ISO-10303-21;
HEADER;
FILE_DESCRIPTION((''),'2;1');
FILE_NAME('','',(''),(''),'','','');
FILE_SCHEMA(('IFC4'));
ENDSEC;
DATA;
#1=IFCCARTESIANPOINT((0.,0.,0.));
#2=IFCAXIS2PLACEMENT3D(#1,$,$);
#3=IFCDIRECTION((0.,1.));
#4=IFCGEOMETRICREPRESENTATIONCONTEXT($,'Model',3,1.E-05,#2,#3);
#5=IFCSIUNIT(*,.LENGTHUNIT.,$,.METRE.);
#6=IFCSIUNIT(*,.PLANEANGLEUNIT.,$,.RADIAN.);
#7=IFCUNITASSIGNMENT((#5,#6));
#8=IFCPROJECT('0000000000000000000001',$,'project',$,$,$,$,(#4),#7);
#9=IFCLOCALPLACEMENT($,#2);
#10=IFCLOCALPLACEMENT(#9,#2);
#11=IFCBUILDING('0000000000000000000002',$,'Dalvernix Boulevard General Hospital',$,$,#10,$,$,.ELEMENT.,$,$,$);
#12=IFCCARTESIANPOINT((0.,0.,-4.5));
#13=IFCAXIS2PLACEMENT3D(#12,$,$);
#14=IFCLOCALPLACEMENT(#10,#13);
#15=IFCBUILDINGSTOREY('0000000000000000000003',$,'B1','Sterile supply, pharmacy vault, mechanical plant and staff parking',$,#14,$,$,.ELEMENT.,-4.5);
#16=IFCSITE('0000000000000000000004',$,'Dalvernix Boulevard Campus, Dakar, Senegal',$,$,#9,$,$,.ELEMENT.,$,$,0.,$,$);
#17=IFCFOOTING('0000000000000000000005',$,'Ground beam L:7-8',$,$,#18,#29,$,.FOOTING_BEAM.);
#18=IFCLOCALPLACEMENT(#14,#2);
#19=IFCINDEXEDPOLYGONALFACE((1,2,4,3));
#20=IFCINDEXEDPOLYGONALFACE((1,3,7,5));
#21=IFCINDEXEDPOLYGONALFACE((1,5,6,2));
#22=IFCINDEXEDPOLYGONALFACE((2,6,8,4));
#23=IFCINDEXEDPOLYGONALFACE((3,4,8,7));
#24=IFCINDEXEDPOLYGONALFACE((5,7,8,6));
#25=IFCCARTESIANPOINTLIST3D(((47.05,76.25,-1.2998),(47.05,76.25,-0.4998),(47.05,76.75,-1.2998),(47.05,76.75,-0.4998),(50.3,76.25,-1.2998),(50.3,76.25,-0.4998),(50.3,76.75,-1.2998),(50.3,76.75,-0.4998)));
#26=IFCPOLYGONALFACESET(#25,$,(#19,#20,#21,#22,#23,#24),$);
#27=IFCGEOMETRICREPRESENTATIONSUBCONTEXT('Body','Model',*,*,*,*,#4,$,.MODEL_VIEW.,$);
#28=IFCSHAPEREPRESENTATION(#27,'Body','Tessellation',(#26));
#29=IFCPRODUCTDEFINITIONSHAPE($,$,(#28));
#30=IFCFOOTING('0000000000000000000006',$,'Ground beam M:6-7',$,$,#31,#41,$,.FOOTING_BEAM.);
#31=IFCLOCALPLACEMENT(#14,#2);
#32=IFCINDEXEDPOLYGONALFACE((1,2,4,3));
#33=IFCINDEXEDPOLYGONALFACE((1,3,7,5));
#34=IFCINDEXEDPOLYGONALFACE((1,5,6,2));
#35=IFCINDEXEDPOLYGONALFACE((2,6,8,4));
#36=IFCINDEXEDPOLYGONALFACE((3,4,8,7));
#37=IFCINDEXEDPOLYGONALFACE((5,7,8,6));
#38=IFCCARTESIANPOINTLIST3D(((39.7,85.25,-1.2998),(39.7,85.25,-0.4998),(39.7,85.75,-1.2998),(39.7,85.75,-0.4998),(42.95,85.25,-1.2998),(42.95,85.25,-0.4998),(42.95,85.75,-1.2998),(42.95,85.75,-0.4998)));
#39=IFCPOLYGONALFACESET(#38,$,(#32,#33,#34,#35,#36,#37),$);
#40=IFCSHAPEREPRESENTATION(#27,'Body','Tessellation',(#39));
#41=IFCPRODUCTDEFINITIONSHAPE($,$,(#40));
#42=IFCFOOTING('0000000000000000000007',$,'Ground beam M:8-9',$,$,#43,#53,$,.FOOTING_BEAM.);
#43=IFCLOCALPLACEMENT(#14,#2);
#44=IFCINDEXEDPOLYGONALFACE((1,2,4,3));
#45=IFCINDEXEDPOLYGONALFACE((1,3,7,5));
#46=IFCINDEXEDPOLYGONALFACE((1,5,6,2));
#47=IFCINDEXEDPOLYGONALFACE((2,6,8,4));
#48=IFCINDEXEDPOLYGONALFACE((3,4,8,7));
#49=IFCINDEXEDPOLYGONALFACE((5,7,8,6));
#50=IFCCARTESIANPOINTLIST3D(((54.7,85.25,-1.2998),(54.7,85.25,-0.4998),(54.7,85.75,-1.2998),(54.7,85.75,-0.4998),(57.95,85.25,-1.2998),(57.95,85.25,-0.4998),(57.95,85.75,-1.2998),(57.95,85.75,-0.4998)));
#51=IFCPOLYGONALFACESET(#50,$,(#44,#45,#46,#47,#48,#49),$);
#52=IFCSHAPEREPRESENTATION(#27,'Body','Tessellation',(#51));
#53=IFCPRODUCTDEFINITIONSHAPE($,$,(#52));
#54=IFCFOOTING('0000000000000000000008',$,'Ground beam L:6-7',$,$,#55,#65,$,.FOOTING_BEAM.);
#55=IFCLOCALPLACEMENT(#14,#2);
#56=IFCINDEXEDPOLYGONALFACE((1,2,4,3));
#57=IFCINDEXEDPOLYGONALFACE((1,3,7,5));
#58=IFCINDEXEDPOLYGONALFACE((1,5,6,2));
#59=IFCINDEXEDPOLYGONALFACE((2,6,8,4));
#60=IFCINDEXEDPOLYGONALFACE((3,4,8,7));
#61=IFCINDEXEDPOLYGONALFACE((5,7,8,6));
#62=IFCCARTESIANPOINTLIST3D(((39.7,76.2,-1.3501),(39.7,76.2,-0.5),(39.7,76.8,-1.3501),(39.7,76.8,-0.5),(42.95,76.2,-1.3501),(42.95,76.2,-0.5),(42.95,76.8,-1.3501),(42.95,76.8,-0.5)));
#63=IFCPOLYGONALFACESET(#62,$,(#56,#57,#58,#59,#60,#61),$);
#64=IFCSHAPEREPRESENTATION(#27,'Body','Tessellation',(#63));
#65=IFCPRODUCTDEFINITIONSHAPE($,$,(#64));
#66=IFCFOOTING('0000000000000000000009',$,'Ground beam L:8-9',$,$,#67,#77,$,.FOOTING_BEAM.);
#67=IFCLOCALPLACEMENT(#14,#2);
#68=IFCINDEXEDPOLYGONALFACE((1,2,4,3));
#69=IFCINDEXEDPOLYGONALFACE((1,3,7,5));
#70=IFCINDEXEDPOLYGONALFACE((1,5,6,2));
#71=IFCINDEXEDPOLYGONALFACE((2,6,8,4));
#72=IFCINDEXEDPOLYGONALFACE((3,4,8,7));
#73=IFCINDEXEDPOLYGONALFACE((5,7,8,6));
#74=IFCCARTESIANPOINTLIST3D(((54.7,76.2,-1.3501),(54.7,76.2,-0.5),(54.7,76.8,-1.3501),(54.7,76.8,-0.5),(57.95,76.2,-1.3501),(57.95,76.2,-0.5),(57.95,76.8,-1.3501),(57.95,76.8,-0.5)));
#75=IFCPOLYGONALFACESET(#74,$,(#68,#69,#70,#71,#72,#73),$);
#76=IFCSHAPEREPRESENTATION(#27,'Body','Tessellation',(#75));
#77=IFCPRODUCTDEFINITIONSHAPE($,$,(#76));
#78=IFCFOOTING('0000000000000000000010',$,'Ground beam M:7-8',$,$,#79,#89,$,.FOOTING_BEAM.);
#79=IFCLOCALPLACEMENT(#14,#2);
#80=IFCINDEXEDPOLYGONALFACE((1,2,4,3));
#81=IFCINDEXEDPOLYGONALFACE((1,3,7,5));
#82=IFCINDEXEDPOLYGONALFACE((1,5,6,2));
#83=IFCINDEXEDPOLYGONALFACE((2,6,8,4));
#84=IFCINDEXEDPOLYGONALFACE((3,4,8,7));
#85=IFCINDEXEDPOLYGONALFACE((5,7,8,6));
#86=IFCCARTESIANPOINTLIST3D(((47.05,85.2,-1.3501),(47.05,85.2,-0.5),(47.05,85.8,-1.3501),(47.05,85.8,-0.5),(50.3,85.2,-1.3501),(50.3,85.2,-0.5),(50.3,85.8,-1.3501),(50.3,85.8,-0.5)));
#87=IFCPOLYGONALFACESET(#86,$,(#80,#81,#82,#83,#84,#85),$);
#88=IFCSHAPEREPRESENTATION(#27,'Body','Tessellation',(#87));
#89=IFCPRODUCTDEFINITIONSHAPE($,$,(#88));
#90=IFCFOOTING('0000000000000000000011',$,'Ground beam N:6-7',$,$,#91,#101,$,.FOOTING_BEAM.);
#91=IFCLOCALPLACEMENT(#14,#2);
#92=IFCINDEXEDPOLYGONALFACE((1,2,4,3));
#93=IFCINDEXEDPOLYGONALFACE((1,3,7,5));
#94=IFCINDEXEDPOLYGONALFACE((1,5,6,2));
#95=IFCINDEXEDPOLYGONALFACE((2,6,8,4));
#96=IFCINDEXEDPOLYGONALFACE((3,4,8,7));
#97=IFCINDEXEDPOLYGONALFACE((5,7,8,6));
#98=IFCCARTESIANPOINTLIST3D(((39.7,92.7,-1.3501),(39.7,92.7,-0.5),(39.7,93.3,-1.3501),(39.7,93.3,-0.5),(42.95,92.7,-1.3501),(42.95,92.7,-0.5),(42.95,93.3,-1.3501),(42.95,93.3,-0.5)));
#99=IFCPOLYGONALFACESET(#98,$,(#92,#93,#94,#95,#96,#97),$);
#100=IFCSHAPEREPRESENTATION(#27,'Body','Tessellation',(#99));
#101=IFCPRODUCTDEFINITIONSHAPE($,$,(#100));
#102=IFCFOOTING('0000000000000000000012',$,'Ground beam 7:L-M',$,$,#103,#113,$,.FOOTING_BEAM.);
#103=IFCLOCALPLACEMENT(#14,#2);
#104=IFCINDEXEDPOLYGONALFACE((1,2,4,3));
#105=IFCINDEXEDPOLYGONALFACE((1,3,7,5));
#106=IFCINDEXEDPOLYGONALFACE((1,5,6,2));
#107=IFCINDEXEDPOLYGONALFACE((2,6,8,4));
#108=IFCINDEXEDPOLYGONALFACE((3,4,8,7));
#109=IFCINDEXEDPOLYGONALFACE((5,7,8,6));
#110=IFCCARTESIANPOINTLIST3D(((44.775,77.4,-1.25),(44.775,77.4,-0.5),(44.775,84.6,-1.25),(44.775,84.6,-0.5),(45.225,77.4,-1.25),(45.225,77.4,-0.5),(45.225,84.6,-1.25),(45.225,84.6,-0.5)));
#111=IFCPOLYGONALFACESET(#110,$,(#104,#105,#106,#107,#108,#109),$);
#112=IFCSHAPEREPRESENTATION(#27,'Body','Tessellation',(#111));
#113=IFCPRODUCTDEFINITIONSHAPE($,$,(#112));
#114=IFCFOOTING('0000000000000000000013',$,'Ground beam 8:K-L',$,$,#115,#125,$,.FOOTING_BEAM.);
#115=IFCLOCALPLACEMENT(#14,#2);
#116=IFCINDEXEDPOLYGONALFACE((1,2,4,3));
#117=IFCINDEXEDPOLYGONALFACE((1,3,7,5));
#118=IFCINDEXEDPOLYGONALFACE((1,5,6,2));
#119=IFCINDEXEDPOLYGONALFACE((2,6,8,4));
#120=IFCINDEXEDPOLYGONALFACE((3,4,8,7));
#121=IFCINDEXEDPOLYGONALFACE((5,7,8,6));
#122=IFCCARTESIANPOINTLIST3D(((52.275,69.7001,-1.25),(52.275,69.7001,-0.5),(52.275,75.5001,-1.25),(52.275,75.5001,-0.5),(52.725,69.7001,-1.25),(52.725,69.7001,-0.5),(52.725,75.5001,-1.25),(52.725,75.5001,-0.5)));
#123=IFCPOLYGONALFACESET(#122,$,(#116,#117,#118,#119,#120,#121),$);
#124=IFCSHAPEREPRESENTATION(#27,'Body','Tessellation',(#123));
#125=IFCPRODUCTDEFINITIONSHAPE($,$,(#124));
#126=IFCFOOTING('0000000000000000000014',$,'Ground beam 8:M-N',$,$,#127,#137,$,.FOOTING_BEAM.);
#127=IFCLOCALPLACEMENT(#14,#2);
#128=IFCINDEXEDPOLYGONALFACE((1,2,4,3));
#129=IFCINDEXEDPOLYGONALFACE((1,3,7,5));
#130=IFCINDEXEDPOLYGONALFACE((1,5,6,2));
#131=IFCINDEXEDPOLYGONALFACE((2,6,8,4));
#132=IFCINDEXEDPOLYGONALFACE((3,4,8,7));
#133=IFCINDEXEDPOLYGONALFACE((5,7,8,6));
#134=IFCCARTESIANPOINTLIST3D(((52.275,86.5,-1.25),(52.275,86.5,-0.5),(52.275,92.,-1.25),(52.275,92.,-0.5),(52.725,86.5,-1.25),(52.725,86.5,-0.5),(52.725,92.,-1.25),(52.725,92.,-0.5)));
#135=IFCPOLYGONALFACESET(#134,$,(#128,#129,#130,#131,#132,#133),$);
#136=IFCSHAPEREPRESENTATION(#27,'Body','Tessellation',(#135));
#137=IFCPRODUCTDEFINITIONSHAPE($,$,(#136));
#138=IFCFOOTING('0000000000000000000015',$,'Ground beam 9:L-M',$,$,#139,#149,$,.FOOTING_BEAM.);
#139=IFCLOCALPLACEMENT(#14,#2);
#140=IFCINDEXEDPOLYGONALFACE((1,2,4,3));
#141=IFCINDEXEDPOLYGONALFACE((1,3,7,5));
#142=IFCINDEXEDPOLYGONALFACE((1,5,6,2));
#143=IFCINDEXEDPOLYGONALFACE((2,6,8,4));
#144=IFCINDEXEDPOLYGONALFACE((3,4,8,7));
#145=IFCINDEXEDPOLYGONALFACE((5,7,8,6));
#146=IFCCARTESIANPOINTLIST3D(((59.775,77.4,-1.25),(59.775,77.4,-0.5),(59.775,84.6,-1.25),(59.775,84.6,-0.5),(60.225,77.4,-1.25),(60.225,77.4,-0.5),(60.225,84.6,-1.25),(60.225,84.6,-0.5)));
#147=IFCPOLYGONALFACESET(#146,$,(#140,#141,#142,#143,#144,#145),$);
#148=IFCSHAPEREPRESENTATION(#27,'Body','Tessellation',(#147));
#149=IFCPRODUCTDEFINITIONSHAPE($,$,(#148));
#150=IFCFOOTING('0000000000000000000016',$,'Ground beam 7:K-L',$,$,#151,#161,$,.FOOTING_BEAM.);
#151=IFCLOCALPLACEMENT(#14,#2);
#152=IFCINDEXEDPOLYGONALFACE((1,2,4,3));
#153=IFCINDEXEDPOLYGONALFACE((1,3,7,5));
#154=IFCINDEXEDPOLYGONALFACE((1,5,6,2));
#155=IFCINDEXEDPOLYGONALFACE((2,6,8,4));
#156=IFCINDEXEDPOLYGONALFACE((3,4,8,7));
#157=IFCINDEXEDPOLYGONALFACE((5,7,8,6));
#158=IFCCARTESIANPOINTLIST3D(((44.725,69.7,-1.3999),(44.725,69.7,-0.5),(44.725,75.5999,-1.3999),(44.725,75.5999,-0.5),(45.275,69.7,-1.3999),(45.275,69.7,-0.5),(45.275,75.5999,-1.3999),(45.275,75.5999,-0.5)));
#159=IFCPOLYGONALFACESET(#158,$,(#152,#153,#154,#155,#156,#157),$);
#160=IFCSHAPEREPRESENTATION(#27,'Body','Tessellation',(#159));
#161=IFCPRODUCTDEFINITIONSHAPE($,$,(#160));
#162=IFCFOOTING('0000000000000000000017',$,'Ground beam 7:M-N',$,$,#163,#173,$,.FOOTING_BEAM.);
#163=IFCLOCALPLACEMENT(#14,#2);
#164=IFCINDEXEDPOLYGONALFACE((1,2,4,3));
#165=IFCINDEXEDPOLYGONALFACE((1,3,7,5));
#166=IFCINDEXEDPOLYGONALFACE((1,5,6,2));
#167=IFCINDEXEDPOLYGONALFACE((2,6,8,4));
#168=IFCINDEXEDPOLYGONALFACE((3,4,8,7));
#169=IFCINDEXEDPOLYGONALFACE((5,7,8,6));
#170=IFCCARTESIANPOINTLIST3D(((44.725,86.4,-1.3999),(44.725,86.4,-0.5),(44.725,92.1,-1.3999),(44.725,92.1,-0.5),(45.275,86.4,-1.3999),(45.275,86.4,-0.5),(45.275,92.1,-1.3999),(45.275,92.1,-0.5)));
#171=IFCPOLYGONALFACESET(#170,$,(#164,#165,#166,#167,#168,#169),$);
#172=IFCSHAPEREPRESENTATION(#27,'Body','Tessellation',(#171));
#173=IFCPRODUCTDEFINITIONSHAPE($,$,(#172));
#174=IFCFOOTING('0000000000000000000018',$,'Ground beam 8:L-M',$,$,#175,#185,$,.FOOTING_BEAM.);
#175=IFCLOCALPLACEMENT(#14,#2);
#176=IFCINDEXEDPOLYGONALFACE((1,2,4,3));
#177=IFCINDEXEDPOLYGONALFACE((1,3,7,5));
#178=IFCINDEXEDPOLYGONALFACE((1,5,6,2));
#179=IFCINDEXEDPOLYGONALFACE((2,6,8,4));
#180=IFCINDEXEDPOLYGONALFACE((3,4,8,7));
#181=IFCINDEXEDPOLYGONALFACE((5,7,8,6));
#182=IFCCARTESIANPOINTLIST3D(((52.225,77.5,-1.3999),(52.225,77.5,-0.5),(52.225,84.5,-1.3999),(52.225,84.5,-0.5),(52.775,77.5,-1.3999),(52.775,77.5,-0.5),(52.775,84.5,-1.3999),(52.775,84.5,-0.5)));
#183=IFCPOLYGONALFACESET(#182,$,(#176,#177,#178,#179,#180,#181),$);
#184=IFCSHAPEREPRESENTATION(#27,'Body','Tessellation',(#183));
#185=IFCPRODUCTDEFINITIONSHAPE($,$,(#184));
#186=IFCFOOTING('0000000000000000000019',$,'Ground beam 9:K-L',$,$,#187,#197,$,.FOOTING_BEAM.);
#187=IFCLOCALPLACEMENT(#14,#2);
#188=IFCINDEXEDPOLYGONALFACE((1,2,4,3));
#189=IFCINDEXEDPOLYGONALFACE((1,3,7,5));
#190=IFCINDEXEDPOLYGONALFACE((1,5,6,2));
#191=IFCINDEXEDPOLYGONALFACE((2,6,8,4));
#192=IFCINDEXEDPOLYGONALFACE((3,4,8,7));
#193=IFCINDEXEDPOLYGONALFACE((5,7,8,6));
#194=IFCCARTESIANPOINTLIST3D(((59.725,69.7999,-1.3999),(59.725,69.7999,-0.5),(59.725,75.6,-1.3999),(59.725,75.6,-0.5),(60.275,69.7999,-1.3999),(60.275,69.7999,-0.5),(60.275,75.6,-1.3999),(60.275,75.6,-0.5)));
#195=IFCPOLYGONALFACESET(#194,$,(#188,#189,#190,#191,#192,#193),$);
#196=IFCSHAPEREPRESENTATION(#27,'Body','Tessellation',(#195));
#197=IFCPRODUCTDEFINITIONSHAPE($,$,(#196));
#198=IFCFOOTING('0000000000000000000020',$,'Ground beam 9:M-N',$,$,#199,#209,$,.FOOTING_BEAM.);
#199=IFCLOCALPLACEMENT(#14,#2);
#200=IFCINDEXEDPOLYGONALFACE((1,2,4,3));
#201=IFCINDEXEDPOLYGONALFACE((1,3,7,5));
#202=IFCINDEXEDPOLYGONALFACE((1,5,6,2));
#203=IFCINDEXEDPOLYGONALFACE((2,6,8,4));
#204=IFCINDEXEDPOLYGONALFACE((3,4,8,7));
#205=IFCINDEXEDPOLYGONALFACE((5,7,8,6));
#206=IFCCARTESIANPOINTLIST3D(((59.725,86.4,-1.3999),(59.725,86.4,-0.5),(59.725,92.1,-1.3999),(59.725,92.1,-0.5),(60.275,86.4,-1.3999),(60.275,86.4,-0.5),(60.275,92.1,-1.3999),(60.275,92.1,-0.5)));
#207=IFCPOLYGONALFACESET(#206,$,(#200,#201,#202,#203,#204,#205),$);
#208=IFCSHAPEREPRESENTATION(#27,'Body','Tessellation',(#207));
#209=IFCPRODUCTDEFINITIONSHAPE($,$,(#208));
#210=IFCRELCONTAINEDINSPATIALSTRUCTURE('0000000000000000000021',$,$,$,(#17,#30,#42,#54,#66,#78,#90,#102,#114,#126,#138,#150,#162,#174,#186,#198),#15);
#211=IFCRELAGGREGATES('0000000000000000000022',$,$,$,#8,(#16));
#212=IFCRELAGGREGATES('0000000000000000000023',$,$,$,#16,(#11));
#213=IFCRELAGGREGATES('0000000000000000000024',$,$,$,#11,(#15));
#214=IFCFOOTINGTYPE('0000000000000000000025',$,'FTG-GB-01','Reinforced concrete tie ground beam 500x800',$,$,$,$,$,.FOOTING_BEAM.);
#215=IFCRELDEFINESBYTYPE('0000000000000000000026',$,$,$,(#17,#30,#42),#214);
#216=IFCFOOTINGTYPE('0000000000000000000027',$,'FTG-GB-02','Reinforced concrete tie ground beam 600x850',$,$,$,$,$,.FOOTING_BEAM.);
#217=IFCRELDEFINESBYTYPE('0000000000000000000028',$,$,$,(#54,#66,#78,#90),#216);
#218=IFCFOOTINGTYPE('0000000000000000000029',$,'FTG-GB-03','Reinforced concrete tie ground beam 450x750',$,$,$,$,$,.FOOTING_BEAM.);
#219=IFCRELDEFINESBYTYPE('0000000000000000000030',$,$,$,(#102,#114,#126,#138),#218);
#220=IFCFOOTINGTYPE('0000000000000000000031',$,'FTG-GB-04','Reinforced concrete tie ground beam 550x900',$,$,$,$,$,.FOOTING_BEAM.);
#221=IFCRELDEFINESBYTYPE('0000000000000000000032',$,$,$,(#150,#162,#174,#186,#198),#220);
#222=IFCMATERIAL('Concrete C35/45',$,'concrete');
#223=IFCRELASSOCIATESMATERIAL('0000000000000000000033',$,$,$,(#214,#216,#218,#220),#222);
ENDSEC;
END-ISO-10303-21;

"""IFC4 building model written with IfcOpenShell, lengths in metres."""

from ifc_helpers import new_model, si_unit, direction, frame, origin, origin_2d, place, context, subcontext, project, spatial, rectangle, extrude, material, type_object, element, save


model = new_model("IFC4")

# Units and contexts
model_context = context("Model", 3, precision=1e-05, world=origin(), true_north=direction((0.0, 1.0)))
body_context = subcontext(model_context, "Body", "Model", "MODEL_VIEW")
ifc_project = project(units=[si_unit("LENGTHUNIT", "METRE"), si_unit("PLANEANGLEUNIT", "RADIAN")], contexts=[model_context])

# Site, building, storey
site_placement = place(None, origin())
site = spatial("IfcSite", under=ifc_project, at=site_placement, Name="Dalvernix Boulevard Campus, Dakar, Senegal", CompositionType="ELEMENT", RefElevation=0.0)
building_placement = place(site_placement, origin())
building = spatial("IfcBuilding", under=site, at=building_placement, Name="Dalvernix Boulevard General Hospital", CompositionType="ELEMENT")
storey_placement = place(building_placement, frame((0.0, 0.0, -4.5)))
storey = spatial("IfcBuildingStorey", under=building, at=storey_placement, Name="B1", Description="Sterile supply, pharmacy vault, mechanical plant and staff parking", CompositionType="ELEMENT", Elevation=-4.5)

# Footings
ifc_material_1 = material(Name="Concrete C35/45", Category="concrete")
footing_type_1 = type_object("IfcFootingType", Name="FTG-GB-01", Description="Reinforced concrete tie ground beam 500x800", PredefinedType="FOOTING_BEAM", material=ifc_material_1)
for number, where, z_axis, x_axis, name in (
    (1, (48.675, 76.5, -1.2998), (0.0, 0.0, 1.0), (1.0, 0.0, 0.0), "Ground beam L:7-8"),
    (2, (41.325, 85.5, -1.2998), (0.0, 0.0, 1.0), (1.0, 0.0, 0.0), "Ground beam M:6-7"),
    (3, (56.325, 85.5, -1.2998), (0.0, 0.0, 1.0), (1.0, 0.0, 0.0), "Ground beam M:8-9"),
):
    element("IfcFooting", number, at=place(storey_placement, frame(where, z_axis=z_axis, x_axis=x_axis)), inside=storey, type_object=footing_type_1, Name=name, PredefinedType="FOOTING_BEAM", context=body_context, shape_type="SweptSolid", body=[
        extrude(rectangle(XDim=3.25, YDim=0.5, at=origin_2d()), origin(), (0.0, 0.0, 1.0), 0.8),
    ])
footing_type_2 = type_object("IfcFootingType", Name="FTG-GB-02", Description="Reinforced concrete tie ground beam 600x850", PredefinedType="FOOTING_BEAM", material=ifc_material_1)
for number, where, z_axis, x_axis, name in (
    (4, (41.325, 76.5, -1.3501), (0.0, 0.0, 1.0), (1.0, 0.0, 0.0), "Ground beam L:6-7"),
    (5, (56.325, 76.5, -1.3501), (0.0, 0.0, 1.0), (1.0, 0.0, 0.0), "Ground beam L:8-9"),
    (6, (48.675, 85.5, -1.3501), (0.0, 0.0, 1.0), (1.0, 0.0, 0.0), "Ground beam M:7-8"),
    (7, (41.325, 93.0, -1.3501), (0.0, 0.0, 1.0), (1.0, 0.0, 0.0), "Ground beam N:6-7"),
):
    element("IfcFooting", number, at=place(storey_placement, frame(where, z_axis=z_axis, x_axis=x_axis)), inside=storey, type_object=footing_type_2, Name=name, PredefinedType="FOOTING_BEAM", context=body_context, shape_type="SweptSolid", body=[
        extrude(rectangle(XDim=3.25, YDim=0.6001, at=origin_2d()), origin(), (0.0, 0.0, 1.0), 0.8501),
    ])
footing_type_3 = type_object("IfcFootingType", Name="FTG-GB-03", Description="Reinforced concrete tie ground beam 450x750", PredefinedType="FOOTING_BEAM", material=ifc_material_1)
footing_1_placement = place(storey_placement, frame((45.0, 81.0, -1.25), z_axis=(0.0, 0.0, 1.0), x_axis=(0.0, 1.0, 0.0)))
element("IfcFooting", 8, at=footing_1_placement, inside=storey, type_object=footing_type_3, Name="Ground beam 7:L-M", PredefinedType="FOOTING_BEAM", context=body_context, shape_type="SweptSolid", body=[
    extrude(rectangle(XDim=7.2, YDim=0.45, at=origin_2d()), origin(), (0.0, 0.0, 1.0), 0.75),
])
footing_2_placement = place(storey_placement, frame((52.5, 72.6001, -1.25), z_axis=(0.0, 0.0, 1.0), x_axis=(0.0, 1.0, 0.0)))
element("IfcFooting", 9, at=footing_2_placement, inside=storey, type_object=footing_type_3, Name="Ground beam 8:K-L", PredefinedType="FOOTING_BEAM", context=body_context, shape_type="SweptSolid", body=[
    extrude(rectangle(XDim=5.8, YDim=0.45, at=origin_2d()), origin(), (0.0, 0.0, 1.0), 0.75),
])
footing_3_placement = place(storey_placement, frame((52.5, 89.25, -1.25), z_axis=(0.0, 0.0, 1.0), x_axis=(0.0, 1.0, 0.0)))
element("IfcFooting", 10, at=footing_3_placement, inside=storey, type_object=footing_type_3, Name="Ground beam 8:M-N", PredefinedType="FOOTING_BEAM", context=body_context, shape_type="SweptSolid", body=[
    extrude(rectangle(XDim=5.5, YDim=0.45, at=origin_2d()), origin(), (0.0, 0.0, 1.0), 0.75),
])
footing_4_placement = place(storey_placement, frame((60.0, 81.0, -1.25), z_axis=(0.0, 0.0, 1.0), x_axis=(0.0, 1.0, 0.0)))
element("IfcFooting", 11, at=footing_4_placement, inside=storey, type_object=footing_type_3, Name="Ground beam 9:L-M", PredefinedType="FOOTING_BEAM", context=body_context, shape_type="SweptSolid", body=[
    extrude(rectangle(XDim=7.2, YDim=0.45, at=origin_2d()), origin(), (0.0, 0.0, 1.0), 0.75),
])
footing_type_4 = type_object("IfcFootingType", Name="FTG-GB-04", Description="Reinforced concrete tie ground beam 550x900", PredefinedType="FOOTING_BEAM", material=ifc_material_1)
footing_5_placement = place(storey_placement, frame((45.0, 72.6499, -1.3999), z_axis=(0.0, 0.0, 1.0), x_axis=(0.0, 1.0, 0.0)))
element("IfcFooting", 12, at=footing_5_placement, inside=storey, type_object=footing_type_4, Name="Ground beam 7:K-L", PredefinedType="FOOTING_BEAM", context=body_context, shape_type="SweptSolid", body=[
    extrude(rectangle(XDim=5.8999, YDim=0.55, at=origin_2d()), origin(), (0.0, 0.0, 1.0), 0.8999),
])
footing_6_placement = place(storey_placement, frame((45.0, 89.25, -1.3999), z_axis=(0.0, 0.0, 1.0), x_axis=(0.0, 1.0, 0.0)))
element("IfcFooting", 13, at=footing_6_placement, inside=storey, type_object=footing_type_4, Name="Ground beam 7:M-N", PredefinedType="FOOTING_BEAM", context=body_context, shape_type="SweptSolid", body=[
    extrude(rectangle(XDim=5.7, YDim=0.55, at=origin_2d()), origin(), (0.0, 0.0, 1.0), 0.8999),
])
footing_7_placement = place(storey_placement, frame((52.5, 81.0, -1.3999), z_axis=(0.0, 0.0, 1.0), x_axis=(0.0, 1.0, 0.0)))
element("IfcFooting", 14, at=footing_7_placement, inside=storey, type_object=footing_type_4, Name="Ground beam 8:L-M", PredefinedType="FOOTING_BEAM", context=body_context, shape_type="SweptSolid", body=[
    extrude(rectangle(XDim=7.0, YDim=0.55, at=origin_2d()), origin(), (0.0, 0.0, 1.0), 0.8999),
])
footing_8_placement = place(storey_placement, frame((60.0, 72.7, -1.3999), z_axis=(0.0, 0.0, 1.0), x_axis=(0.0, 1.0, 0.0)))
element("IfcFooting", 15, at=footing_8_placement, inside=storey, type_object=footing_type_4, Name="Ground beam 9:K-L", PredefinedType="FOOTING_BEAM", context=body_context, shape_type="SweptSolid", body=[
    extrude(rectangle(XDim=5.8, YDim=0.55, at=origin_2d()), origin(), (0.0, 0.0, 1.0), 0.8999),
])
footing_9_placement = place(storey_placement, frame((60.0, 89.25, -1.3999), z_axis=(0.0, 0.0, 1.0), x_axis=(0.0, 1.0, 0.0)))
element("IfcFooting", 16, at=footing_9_placement, inside=storey, type_object=footing_type_4, Name="Ground beam 9:M-N", PredefinedType="FOOTING_BEAM", context=body_context, shape_type="SweptSolid", body=[
    extrude(rectangle(XDim=5.7, YDim=0.55, at=origin_2d()), origin(), (0.0, 0.0, 1.0), 0.8999),
])

save(model, "model.ifc")
